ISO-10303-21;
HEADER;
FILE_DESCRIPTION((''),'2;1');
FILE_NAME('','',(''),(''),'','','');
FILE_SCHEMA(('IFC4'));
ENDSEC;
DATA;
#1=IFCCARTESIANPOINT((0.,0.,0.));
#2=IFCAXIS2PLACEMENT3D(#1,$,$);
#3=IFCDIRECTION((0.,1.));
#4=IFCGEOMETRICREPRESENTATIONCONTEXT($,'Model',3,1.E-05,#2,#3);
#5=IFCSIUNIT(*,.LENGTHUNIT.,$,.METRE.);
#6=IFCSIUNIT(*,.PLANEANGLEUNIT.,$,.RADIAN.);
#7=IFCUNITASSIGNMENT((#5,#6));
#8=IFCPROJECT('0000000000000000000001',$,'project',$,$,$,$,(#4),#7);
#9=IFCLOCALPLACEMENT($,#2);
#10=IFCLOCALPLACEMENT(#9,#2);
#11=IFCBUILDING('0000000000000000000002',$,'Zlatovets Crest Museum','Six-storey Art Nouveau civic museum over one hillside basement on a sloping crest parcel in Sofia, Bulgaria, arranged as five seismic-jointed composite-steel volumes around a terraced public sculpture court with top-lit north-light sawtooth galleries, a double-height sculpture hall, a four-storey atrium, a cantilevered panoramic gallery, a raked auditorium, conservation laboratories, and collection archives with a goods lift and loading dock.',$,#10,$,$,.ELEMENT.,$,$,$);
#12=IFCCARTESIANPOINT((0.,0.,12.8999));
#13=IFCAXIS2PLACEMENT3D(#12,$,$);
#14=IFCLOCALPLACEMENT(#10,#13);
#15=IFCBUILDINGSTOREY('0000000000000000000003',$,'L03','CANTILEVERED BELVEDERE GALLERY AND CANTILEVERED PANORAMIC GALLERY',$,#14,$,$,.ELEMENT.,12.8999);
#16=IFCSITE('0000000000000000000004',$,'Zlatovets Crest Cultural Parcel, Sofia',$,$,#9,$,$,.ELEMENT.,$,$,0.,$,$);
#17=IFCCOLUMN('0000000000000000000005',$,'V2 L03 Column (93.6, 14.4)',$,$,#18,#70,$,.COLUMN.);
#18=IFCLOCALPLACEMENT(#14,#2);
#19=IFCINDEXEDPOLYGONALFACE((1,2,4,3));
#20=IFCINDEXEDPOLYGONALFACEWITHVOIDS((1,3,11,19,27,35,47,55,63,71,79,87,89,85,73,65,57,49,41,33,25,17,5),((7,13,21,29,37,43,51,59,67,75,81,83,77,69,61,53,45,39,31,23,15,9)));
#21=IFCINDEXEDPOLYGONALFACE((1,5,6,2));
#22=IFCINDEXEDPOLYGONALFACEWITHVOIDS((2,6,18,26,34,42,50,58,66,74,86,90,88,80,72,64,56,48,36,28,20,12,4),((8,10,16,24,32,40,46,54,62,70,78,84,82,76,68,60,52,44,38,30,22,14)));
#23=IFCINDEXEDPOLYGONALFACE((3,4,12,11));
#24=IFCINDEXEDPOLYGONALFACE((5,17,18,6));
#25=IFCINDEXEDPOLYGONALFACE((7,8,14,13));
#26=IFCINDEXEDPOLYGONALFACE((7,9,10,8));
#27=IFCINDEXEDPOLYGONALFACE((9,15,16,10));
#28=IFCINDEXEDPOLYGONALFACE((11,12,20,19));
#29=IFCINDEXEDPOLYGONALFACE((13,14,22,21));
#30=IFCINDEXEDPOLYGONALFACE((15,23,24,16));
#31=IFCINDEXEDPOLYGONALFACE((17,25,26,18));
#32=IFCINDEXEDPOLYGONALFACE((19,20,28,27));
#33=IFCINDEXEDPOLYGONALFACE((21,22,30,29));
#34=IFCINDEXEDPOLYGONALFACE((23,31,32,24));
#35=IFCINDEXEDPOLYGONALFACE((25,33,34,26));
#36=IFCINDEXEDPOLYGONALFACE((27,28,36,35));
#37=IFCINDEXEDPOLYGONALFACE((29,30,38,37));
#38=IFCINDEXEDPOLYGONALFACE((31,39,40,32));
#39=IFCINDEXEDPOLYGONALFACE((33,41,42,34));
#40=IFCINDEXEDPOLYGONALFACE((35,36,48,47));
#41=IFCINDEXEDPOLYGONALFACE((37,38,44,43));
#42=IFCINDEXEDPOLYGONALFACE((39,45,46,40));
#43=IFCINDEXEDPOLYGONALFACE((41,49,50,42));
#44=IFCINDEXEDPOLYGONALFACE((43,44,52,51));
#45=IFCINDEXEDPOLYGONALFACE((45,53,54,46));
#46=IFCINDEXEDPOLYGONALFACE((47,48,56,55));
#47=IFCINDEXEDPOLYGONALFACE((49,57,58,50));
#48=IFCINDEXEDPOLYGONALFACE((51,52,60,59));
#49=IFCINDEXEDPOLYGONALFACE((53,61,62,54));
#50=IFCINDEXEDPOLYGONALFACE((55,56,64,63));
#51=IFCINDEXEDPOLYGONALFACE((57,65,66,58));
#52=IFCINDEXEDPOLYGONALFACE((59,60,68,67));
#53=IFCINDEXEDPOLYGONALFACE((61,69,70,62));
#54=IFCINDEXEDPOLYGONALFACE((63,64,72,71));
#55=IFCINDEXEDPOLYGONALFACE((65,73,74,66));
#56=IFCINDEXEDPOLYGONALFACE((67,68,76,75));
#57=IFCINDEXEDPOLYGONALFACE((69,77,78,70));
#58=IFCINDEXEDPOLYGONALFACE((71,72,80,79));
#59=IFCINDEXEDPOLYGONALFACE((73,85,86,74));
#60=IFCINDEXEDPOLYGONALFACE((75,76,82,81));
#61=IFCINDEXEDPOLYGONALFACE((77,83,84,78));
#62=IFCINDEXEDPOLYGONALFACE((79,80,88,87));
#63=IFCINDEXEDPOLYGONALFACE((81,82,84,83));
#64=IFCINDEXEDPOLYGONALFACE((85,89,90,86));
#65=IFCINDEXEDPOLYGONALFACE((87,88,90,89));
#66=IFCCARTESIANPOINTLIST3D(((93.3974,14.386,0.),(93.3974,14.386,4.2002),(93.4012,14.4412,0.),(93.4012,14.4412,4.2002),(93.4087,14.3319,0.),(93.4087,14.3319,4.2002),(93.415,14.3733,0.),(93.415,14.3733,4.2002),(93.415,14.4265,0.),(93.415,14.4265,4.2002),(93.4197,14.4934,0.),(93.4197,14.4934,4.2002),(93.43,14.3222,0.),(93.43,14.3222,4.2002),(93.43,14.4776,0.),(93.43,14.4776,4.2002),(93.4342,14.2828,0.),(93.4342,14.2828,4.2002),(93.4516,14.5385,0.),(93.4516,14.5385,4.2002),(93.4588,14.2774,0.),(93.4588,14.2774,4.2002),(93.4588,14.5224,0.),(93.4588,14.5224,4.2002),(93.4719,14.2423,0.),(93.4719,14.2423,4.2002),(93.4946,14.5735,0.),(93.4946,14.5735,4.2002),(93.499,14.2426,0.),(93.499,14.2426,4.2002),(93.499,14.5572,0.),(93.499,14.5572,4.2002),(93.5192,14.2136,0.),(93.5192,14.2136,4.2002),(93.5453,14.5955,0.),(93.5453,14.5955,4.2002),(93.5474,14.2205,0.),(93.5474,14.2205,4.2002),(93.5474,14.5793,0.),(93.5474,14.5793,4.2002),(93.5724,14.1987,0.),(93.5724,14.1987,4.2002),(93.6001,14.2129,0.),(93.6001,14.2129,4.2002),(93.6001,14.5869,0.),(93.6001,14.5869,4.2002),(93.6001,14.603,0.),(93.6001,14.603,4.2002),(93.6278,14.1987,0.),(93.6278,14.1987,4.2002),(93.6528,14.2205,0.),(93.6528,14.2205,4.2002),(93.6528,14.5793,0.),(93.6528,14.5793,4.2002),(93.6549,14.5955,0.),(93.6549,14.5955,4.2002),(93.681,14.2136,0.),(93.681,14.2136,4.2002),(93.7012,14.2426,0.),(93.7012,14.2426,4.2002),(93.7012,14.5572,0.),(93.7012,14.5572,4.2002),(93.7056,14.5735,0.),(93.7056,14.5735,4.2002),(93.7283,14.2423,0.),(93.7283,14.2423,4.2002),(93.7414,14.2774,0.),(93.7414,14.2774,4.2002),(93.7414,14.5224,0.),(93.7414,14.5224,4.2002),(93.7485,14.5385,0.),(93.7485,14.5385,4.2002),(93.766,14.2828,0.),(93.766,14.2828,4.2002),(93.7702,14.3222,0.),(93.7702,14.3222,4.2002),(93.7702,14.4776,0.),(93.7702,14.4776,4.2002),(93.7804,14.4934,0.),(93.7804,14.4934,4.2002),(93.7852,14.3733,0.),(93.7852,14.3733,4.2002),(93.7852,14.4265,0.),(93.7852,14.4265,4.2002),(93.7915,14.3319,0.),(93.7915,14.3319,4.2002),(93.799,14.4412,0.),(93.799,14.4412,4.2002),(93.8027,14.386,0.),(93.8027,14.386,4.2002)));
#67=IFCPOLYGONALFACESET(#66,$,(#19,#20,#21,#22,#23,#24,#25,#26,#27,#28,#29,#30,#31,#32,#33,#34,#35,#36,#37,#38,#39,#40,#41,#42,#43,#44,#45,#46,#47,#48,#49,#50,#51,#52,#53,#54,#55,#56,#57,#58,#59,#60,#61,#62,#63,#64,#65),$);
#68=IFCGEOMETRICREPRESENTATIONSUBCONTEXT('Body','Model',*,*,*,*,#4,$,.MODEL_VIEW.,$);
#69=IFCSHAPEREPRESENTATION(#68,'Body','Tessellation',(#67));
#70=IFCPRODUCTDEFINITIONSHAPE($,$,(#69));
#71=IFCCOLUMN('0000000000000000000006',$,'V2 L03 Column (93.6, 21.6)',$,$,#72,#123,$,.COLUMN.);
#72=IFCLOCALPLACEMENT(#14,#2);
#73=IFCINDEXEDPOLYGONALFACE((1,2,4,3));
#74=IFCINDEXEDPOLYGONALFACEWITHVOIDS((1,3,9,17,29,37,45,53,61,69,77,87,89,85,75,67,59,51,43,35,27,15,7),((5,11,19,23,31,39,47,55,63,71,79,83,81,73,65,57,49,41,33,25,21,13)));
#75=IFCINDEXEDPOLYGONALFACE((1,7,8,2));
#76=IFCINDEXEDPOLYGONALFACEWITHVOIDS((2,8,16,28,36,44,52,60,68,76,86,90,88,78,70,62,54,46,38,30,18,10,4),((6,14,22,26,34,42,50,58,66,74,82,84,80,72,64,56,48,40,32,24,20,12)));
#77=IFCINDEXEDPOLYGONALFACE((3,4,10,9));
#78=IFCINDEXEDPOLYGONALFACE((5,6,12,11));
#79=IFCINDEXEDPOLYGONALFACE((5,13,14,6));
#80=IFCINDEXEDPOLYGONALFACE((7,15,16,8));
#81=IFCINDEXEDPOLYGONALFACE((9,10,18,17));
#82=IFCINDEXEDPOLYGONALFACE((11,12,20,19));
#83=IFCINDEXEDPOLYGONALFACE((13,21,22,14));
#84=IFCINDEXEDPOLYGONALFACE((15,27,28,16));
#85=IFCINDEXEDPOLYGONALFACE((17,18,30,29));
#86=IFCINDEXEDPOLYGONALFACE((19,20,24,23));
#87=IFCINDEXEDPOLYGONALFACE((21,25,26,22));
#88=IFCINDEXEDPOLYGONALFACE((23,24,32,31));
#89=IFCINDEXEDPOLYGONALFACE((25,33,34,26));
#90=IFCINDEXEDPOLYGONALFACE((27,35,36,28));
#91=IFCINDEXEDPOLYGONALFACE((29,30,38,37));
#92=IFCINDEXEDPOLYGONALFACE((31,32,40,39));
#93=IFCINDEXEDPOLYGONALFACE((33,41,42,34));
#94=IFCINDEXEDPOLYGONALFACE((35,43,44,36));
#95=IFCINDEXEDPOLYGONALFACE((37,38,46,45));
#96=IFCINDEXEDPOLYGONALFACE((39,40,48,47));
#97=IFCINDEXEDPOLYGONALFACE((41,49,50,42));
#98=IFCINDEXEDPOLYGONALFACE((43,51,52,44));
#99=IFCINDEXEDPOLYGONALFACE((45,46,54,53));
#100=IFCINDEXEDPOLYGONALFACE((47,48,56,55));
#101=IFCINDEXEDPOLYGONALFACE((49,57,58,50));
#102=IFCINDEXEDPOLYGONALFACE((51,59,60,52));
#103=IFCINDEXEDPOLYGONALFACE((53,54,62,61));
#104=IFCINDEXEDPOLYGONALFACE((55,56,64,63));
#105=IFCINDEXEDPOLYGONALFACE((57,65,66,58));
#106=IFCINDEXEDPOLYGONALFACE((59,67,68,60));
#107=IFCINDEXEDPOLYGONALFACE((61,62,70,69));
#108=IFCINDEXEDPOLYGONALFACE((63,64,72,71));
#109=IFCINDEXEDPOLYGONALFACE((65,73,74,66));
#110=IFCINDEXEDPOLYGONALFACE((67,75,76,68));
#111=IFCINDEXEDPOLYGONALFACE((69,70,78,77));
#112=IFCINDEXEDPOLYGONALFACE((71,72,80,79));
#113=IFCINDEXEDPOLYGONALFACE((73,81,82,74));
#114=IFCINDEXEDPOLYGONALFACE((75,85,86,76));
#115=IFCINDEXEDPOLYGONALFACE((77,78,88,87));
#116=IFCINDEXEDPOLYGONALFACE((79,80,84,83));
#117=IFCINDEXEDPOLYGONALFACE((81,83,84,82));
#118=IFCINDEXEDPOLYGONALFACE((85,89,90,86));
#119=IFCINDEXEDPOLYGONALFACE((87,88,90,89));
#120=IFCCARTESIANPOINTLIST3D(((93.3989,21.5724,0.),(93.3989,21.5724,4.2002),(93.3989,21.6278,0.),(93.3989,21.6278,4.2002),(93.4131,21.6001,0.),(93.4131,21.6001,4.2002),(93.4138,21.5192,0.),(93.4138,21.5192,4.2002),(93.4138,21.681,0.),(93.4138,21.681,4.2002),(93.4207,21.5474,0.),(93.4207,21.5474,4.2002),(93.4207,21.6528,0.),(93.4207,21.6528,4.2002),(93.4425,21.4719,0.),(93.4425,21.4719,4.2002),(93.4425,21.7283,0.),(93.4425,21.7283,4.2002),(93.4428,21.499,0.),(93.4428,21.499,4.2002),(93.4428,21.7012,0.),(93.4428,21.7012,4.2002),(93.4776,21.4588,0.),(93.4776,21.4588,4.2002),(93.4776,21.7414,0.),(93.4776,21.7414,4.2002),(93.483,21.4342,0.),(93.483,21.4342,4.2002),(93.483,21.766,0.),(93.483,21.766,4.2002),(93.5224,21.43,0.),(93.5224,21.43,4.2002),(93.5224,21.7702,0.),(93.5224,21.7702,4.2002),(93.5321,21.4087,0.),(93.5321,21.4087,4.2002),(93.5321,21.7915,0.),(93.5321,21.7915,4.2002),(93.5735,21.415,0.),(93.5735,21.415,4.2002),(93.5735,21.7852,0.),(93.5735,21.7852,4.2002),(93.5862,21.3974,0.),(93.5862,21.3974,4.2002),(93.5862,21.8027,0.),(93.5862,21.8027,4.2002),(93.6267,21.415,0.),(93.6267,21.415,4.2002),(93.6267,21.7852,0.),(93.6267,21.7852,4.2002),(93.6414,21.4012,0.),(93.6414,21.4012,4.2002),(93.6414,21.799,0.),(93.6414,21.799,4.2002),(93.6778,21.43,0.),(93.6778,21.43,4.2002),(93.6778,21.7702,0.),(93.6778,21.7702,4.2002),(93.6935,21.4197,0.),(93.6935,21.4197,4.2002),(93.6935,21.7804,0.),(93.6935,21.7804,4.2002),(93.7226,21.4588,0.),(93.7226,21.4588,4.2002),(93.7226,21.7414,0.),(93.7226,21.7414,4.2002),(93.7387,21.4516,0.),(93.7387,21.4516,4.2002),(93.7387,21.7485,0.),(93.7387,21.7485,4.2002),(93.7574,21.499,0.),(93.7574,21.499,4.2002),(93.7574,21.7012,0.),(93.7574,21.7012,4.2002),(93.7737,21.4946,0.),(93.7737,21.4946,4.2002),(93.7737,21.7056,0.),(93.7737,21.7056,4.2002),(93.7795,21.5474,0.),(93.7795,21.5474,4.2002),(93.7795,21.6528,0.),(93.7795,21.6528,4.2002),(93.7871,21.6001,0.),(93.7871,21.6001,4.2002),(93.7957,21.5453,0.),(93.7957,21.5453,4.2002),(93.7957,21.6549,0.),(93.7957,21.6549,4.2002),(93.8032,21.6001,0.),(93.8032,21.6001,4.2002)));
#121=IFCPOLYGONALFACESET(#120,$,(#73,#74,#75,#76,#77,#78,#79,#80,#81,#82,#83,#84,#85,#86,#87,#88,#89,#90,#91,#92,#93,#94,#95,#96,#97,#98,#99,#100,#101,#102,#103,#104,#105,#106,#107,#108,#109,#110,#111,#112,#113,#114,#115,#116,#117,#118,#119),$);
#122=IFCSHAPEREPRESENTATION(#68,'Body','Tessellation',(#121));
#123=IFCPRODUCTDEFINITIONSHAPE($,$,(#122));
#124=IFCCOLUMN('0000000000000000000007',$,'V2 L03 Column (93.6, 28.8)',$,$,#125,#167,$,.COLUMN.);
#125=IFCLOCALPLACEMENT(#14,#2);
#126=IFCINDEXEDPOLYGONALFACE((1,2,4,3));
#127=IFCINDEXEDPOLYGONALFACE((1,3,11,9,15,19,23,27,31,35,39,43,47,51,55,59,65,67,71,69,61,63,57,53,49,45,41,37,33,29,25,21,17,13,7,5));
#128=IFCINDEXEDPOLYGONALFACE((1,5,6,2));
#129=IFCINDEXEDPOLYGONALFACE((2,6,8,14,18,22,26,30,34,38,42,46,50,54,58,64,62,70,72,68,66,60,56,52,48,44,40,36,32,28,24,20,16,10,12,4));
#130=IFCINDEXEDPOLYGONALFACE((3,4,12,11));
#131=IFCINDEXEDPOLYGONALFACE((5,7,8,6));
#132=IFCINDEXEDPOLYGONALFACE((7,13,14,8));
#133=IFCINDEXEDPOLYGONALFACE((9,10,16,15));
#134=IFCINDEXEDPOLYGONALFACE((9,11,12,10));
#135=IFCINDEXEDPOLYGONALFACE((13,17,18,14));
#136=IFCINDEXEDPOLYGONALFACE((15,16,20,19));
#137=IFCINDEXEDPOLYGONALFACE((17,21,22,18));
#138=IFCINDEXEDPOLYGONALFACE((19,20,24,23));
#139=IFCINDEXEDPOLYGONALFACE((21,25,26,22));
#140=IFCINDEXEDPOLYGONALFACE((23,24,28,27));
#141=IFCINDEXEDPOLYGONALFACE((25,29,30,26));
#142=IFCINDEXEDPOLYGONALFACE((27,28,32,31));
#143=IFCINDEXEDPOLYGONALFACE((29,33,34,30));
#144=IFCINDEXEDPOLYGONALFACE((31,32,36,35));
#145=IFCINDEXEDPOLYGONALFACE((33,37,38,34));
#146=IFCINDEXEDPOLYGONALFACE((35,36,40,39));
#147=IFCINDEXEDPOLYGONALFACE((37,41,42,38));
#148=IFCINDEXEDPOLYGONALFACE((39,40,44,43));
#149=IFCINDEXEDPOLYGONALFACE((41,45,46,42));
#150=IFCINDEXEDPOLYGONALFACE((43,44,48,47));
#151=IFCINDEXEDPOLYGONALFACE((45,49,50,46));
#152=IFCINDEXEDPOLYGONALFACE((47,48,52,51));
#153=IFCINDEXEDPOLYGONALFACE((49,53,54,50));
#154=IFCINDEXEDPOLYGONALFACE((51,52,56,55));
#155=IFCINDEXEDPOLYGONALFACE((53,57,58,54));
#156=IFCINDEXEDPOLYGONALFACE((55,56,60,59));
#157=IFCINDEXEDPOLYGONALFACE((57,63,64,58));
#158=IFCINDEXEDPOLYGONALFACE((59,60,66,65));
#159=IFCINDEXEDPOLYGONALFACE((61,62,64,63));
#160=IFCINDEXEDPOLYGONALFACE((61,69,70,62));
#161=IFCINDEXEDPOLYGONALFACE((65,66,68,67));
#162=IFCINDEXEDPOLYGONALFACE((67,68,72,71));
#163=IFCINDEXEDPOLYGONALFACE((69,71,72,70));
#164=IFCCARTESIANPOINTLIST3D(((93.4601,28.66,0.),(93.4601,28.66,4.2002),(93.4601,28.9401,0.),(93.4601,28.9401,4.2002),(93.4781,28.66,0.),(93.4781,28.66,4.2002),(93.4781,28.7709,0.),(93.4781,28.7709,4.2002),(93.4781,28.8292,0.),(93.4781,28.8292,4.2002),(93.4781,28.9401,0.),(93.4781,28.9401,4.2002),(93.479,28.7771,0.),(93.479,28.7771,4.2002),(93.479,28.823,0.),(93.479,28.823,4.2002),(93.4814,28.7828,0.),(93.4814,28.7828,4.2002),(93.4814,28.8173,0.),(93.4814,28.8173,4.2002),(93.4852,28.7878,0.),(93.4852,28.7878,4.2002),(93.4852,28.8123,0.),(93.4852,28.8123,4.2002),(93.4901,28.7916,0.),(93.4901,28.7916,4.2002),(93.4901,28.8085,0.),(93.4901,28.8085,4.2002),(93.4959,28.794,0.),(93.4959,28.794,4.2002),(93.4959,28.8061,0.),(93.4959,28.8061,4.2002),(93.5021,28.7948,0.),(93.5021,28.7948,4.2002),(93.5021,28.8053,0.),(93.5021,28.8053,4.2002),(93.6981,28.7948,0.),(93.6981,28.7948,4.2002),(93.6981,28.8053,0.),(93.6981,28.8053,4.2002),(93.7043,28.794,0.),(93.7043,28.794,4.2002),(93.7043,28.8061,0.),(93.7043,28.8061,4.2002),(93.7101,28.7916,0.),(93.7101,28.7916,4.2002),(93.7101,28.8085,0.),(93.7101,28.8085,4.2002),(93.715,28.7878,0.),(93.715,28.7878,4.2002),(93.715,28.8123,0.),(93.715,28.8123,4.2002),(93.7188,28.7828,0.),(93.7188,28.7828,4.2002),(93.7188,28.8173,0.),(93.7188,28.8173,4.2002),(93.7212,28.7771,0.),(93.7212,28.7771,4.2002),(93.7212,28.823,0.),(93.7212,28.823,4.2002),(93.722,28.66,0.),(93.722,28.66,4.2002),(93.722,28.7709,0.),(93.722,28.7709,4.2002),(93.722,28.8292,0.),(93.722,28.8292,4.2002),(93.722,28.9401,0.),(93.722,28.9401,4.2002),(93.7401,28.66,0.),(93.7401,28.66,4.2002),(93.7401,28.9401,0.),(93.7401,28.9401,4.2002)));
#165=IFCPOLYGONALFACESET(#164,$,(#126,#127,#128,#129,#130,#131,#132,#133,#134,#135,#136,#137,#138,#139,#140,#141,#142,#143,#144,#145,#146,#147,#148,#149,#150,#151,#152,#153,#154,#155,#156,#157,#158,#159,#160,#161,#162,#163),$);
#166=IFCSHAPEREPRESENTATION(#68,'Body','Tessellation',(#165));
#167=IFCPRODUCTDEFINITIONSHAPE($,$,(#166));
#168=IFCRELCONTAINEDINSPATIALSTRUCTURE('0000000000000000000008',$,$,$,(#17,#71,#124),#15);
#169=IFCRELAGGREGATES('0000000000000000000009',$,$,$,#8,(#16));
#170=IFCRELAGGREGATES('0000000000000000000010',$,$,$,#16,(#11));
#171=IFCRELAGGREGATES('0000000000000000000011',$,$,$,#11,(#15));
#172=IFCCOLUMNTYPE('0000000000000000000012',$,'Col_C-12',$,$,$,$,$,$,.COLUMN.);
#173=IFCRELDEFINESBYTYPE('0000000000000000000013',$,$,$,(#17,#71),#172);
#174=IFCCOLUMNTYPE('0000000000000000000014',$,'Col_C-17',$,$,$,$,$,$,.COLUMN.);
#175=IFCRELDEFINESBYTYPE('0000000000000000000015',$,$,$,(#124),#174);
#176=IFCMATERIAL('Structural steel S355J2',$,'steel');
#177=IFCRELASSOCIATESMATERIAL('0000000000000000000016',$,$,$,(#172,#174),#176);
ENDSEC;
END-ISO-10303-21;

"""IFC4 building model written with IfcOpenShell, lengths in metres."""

from ifc_helpers import new_model, si_unit, direction, frame, origin, origin_2d, place, context, subcontext, project, spatial, hollow_circle, i_section, extrude, material, material_profile, profile_set, type_object, element, save


model = new_model("IFC4")

# Units and contexts
model_context = context("Model", 3, precision=1e-05, world=origin(), true_north=direction((0.0, 1.0)))
body_context = subcontext(model_context, "Body", "Model", "MODEL_VIEW")
ifc_project = project(units=[si_unit("LENGTHUNIT", "METRE"), si_unit("PLANEANGLEUNIT", "RADIAN")], contexts=[model_context])

# Site, building, storey
site_placement = place(None, origin())
site = spatial("IfcSite", under=ifc_project, at=site_placement, Name="Zlatovets Crest Cultural Parcel, Sofia", CompositionType="ELEMENT", RefElevation=0.0)
building_placement = place(site_placement, origin())
building = spatial("IfcBuilding", under=site, at=building_placement, Name="Zlatovets Crest Museum", Description="Six-storey Art Nouveau civic museum over one hillside basement on a sloping crest parcel in Sofia, Bulgaria, arranged as five seismic-jointed composite-steel volumes around a terraced public sculpture court with top-lit north-light sawtooth galleries, a double-height sculpture hall, a four-storey atrium, a cantilevered panoramic gallery, a raked auditorium, conservation laboratories, and collection archives with a goods lift and loading dock.", CompositionType="ELEMENT")
storey_placement = place(building_placement, frame((0.0, 0.0, 12.8999)))
storey = spatial("IfcBuildingStorey", under=building, at=storey_placement, Name="L03", Description="CANTILEVERED BELVEDERE GALLERY AND CANTILEVERED PANORAMIC GALLERY", CompositionType="ELEMENT", Elevation=12.8999)

# Columns
ifc_material_1 = material(Name="Structural steel S355J2", Category="steel")
ifc_material_profile_1 = material_profile(ifc_material_1, hollow_circle(Radius=0.2031, WallThickness=0.0161, at=origin_2d()), Name="CHS 406.4x16.0")
ifc_profile_set_1 = profile_set([ifc_material_profile_1], Name="Structural steel S355J2")
column_type_1 = type_object("IfcColumnType", Name="Col_C-12", PredefinedType="COLUMN", material=ifc_profile_set_1)
for number, where, z_axis, x_axis, name in (
    (1, (93.6001, 14.3999, 0.0), (0.0, 0.0, 1.0), (0.0, 1.0, 0.0), "V2 L03 Column (93.6, 14.4)"),
    (2, (93.6001, 21.6001, 0.0), (0.0, 0.0, 1.0), (1.0, 0.0, 0.0), "V2 L03 Column (93.6, 21.6)"),
):
    element("IfcColumn", number, at=place(storey_placement, frame(where, z_axis=z_axis, x_axis=x_axis)), inside=storey, type_object=column_type_1, Name=name, PredefinedType="COLUMN", context=body_context, shape_type="SweptSolid", body=[
        extrude(hollow_circle(Radius=0.2031, WallThickness=0.0161, at=origin_2d()), origin(), (0.0, 0.0, 1.0), 4.2002),
    ])
ifc_material_profile_2 = material_profile(ifc_material_1, i_section(OverallWidth=0.28, OverallDepth=0.28, WebThickness=0.0105, FlangeThickness=0.0181, FilletRadius=0.0239, at=origin_2d()), Name="HEB 280")
ifc_profile_set_2 = profile_set([ifc_material_profile_2], Name="Structural steel S355J2")
column_type_2 = type_object("IfcColumnType", Name="Col_C-17", PredefinedType="COLUMN", material=ifc_profile_set_2)
column_placement = place(storey_placement, frame((93.6001, 28.8, 0.0), z_axis=(0.0, 0.0, 1.0), x_axis=(0.0, 1.0, 0.0)))
element("IfcColumn", 3, at=column_placement, inside=storey, type_object=column_type_2, Name="V2 L03 Column (93.6, 28.8)", PredefinedType="COLUMN", context=body_context, shape_type="SweptSolid", body=[
    extrude(i_section(OverallWidth=0.28, OverallDepth=0.28, WebThickness=0.0105, FlangeThickness=0.0181, FilletRadius=0.0239, at=origin_2d()), origin(), (0.0, 0.0, 1.0), 4.2002),
])

save(model, "model.ifc")
